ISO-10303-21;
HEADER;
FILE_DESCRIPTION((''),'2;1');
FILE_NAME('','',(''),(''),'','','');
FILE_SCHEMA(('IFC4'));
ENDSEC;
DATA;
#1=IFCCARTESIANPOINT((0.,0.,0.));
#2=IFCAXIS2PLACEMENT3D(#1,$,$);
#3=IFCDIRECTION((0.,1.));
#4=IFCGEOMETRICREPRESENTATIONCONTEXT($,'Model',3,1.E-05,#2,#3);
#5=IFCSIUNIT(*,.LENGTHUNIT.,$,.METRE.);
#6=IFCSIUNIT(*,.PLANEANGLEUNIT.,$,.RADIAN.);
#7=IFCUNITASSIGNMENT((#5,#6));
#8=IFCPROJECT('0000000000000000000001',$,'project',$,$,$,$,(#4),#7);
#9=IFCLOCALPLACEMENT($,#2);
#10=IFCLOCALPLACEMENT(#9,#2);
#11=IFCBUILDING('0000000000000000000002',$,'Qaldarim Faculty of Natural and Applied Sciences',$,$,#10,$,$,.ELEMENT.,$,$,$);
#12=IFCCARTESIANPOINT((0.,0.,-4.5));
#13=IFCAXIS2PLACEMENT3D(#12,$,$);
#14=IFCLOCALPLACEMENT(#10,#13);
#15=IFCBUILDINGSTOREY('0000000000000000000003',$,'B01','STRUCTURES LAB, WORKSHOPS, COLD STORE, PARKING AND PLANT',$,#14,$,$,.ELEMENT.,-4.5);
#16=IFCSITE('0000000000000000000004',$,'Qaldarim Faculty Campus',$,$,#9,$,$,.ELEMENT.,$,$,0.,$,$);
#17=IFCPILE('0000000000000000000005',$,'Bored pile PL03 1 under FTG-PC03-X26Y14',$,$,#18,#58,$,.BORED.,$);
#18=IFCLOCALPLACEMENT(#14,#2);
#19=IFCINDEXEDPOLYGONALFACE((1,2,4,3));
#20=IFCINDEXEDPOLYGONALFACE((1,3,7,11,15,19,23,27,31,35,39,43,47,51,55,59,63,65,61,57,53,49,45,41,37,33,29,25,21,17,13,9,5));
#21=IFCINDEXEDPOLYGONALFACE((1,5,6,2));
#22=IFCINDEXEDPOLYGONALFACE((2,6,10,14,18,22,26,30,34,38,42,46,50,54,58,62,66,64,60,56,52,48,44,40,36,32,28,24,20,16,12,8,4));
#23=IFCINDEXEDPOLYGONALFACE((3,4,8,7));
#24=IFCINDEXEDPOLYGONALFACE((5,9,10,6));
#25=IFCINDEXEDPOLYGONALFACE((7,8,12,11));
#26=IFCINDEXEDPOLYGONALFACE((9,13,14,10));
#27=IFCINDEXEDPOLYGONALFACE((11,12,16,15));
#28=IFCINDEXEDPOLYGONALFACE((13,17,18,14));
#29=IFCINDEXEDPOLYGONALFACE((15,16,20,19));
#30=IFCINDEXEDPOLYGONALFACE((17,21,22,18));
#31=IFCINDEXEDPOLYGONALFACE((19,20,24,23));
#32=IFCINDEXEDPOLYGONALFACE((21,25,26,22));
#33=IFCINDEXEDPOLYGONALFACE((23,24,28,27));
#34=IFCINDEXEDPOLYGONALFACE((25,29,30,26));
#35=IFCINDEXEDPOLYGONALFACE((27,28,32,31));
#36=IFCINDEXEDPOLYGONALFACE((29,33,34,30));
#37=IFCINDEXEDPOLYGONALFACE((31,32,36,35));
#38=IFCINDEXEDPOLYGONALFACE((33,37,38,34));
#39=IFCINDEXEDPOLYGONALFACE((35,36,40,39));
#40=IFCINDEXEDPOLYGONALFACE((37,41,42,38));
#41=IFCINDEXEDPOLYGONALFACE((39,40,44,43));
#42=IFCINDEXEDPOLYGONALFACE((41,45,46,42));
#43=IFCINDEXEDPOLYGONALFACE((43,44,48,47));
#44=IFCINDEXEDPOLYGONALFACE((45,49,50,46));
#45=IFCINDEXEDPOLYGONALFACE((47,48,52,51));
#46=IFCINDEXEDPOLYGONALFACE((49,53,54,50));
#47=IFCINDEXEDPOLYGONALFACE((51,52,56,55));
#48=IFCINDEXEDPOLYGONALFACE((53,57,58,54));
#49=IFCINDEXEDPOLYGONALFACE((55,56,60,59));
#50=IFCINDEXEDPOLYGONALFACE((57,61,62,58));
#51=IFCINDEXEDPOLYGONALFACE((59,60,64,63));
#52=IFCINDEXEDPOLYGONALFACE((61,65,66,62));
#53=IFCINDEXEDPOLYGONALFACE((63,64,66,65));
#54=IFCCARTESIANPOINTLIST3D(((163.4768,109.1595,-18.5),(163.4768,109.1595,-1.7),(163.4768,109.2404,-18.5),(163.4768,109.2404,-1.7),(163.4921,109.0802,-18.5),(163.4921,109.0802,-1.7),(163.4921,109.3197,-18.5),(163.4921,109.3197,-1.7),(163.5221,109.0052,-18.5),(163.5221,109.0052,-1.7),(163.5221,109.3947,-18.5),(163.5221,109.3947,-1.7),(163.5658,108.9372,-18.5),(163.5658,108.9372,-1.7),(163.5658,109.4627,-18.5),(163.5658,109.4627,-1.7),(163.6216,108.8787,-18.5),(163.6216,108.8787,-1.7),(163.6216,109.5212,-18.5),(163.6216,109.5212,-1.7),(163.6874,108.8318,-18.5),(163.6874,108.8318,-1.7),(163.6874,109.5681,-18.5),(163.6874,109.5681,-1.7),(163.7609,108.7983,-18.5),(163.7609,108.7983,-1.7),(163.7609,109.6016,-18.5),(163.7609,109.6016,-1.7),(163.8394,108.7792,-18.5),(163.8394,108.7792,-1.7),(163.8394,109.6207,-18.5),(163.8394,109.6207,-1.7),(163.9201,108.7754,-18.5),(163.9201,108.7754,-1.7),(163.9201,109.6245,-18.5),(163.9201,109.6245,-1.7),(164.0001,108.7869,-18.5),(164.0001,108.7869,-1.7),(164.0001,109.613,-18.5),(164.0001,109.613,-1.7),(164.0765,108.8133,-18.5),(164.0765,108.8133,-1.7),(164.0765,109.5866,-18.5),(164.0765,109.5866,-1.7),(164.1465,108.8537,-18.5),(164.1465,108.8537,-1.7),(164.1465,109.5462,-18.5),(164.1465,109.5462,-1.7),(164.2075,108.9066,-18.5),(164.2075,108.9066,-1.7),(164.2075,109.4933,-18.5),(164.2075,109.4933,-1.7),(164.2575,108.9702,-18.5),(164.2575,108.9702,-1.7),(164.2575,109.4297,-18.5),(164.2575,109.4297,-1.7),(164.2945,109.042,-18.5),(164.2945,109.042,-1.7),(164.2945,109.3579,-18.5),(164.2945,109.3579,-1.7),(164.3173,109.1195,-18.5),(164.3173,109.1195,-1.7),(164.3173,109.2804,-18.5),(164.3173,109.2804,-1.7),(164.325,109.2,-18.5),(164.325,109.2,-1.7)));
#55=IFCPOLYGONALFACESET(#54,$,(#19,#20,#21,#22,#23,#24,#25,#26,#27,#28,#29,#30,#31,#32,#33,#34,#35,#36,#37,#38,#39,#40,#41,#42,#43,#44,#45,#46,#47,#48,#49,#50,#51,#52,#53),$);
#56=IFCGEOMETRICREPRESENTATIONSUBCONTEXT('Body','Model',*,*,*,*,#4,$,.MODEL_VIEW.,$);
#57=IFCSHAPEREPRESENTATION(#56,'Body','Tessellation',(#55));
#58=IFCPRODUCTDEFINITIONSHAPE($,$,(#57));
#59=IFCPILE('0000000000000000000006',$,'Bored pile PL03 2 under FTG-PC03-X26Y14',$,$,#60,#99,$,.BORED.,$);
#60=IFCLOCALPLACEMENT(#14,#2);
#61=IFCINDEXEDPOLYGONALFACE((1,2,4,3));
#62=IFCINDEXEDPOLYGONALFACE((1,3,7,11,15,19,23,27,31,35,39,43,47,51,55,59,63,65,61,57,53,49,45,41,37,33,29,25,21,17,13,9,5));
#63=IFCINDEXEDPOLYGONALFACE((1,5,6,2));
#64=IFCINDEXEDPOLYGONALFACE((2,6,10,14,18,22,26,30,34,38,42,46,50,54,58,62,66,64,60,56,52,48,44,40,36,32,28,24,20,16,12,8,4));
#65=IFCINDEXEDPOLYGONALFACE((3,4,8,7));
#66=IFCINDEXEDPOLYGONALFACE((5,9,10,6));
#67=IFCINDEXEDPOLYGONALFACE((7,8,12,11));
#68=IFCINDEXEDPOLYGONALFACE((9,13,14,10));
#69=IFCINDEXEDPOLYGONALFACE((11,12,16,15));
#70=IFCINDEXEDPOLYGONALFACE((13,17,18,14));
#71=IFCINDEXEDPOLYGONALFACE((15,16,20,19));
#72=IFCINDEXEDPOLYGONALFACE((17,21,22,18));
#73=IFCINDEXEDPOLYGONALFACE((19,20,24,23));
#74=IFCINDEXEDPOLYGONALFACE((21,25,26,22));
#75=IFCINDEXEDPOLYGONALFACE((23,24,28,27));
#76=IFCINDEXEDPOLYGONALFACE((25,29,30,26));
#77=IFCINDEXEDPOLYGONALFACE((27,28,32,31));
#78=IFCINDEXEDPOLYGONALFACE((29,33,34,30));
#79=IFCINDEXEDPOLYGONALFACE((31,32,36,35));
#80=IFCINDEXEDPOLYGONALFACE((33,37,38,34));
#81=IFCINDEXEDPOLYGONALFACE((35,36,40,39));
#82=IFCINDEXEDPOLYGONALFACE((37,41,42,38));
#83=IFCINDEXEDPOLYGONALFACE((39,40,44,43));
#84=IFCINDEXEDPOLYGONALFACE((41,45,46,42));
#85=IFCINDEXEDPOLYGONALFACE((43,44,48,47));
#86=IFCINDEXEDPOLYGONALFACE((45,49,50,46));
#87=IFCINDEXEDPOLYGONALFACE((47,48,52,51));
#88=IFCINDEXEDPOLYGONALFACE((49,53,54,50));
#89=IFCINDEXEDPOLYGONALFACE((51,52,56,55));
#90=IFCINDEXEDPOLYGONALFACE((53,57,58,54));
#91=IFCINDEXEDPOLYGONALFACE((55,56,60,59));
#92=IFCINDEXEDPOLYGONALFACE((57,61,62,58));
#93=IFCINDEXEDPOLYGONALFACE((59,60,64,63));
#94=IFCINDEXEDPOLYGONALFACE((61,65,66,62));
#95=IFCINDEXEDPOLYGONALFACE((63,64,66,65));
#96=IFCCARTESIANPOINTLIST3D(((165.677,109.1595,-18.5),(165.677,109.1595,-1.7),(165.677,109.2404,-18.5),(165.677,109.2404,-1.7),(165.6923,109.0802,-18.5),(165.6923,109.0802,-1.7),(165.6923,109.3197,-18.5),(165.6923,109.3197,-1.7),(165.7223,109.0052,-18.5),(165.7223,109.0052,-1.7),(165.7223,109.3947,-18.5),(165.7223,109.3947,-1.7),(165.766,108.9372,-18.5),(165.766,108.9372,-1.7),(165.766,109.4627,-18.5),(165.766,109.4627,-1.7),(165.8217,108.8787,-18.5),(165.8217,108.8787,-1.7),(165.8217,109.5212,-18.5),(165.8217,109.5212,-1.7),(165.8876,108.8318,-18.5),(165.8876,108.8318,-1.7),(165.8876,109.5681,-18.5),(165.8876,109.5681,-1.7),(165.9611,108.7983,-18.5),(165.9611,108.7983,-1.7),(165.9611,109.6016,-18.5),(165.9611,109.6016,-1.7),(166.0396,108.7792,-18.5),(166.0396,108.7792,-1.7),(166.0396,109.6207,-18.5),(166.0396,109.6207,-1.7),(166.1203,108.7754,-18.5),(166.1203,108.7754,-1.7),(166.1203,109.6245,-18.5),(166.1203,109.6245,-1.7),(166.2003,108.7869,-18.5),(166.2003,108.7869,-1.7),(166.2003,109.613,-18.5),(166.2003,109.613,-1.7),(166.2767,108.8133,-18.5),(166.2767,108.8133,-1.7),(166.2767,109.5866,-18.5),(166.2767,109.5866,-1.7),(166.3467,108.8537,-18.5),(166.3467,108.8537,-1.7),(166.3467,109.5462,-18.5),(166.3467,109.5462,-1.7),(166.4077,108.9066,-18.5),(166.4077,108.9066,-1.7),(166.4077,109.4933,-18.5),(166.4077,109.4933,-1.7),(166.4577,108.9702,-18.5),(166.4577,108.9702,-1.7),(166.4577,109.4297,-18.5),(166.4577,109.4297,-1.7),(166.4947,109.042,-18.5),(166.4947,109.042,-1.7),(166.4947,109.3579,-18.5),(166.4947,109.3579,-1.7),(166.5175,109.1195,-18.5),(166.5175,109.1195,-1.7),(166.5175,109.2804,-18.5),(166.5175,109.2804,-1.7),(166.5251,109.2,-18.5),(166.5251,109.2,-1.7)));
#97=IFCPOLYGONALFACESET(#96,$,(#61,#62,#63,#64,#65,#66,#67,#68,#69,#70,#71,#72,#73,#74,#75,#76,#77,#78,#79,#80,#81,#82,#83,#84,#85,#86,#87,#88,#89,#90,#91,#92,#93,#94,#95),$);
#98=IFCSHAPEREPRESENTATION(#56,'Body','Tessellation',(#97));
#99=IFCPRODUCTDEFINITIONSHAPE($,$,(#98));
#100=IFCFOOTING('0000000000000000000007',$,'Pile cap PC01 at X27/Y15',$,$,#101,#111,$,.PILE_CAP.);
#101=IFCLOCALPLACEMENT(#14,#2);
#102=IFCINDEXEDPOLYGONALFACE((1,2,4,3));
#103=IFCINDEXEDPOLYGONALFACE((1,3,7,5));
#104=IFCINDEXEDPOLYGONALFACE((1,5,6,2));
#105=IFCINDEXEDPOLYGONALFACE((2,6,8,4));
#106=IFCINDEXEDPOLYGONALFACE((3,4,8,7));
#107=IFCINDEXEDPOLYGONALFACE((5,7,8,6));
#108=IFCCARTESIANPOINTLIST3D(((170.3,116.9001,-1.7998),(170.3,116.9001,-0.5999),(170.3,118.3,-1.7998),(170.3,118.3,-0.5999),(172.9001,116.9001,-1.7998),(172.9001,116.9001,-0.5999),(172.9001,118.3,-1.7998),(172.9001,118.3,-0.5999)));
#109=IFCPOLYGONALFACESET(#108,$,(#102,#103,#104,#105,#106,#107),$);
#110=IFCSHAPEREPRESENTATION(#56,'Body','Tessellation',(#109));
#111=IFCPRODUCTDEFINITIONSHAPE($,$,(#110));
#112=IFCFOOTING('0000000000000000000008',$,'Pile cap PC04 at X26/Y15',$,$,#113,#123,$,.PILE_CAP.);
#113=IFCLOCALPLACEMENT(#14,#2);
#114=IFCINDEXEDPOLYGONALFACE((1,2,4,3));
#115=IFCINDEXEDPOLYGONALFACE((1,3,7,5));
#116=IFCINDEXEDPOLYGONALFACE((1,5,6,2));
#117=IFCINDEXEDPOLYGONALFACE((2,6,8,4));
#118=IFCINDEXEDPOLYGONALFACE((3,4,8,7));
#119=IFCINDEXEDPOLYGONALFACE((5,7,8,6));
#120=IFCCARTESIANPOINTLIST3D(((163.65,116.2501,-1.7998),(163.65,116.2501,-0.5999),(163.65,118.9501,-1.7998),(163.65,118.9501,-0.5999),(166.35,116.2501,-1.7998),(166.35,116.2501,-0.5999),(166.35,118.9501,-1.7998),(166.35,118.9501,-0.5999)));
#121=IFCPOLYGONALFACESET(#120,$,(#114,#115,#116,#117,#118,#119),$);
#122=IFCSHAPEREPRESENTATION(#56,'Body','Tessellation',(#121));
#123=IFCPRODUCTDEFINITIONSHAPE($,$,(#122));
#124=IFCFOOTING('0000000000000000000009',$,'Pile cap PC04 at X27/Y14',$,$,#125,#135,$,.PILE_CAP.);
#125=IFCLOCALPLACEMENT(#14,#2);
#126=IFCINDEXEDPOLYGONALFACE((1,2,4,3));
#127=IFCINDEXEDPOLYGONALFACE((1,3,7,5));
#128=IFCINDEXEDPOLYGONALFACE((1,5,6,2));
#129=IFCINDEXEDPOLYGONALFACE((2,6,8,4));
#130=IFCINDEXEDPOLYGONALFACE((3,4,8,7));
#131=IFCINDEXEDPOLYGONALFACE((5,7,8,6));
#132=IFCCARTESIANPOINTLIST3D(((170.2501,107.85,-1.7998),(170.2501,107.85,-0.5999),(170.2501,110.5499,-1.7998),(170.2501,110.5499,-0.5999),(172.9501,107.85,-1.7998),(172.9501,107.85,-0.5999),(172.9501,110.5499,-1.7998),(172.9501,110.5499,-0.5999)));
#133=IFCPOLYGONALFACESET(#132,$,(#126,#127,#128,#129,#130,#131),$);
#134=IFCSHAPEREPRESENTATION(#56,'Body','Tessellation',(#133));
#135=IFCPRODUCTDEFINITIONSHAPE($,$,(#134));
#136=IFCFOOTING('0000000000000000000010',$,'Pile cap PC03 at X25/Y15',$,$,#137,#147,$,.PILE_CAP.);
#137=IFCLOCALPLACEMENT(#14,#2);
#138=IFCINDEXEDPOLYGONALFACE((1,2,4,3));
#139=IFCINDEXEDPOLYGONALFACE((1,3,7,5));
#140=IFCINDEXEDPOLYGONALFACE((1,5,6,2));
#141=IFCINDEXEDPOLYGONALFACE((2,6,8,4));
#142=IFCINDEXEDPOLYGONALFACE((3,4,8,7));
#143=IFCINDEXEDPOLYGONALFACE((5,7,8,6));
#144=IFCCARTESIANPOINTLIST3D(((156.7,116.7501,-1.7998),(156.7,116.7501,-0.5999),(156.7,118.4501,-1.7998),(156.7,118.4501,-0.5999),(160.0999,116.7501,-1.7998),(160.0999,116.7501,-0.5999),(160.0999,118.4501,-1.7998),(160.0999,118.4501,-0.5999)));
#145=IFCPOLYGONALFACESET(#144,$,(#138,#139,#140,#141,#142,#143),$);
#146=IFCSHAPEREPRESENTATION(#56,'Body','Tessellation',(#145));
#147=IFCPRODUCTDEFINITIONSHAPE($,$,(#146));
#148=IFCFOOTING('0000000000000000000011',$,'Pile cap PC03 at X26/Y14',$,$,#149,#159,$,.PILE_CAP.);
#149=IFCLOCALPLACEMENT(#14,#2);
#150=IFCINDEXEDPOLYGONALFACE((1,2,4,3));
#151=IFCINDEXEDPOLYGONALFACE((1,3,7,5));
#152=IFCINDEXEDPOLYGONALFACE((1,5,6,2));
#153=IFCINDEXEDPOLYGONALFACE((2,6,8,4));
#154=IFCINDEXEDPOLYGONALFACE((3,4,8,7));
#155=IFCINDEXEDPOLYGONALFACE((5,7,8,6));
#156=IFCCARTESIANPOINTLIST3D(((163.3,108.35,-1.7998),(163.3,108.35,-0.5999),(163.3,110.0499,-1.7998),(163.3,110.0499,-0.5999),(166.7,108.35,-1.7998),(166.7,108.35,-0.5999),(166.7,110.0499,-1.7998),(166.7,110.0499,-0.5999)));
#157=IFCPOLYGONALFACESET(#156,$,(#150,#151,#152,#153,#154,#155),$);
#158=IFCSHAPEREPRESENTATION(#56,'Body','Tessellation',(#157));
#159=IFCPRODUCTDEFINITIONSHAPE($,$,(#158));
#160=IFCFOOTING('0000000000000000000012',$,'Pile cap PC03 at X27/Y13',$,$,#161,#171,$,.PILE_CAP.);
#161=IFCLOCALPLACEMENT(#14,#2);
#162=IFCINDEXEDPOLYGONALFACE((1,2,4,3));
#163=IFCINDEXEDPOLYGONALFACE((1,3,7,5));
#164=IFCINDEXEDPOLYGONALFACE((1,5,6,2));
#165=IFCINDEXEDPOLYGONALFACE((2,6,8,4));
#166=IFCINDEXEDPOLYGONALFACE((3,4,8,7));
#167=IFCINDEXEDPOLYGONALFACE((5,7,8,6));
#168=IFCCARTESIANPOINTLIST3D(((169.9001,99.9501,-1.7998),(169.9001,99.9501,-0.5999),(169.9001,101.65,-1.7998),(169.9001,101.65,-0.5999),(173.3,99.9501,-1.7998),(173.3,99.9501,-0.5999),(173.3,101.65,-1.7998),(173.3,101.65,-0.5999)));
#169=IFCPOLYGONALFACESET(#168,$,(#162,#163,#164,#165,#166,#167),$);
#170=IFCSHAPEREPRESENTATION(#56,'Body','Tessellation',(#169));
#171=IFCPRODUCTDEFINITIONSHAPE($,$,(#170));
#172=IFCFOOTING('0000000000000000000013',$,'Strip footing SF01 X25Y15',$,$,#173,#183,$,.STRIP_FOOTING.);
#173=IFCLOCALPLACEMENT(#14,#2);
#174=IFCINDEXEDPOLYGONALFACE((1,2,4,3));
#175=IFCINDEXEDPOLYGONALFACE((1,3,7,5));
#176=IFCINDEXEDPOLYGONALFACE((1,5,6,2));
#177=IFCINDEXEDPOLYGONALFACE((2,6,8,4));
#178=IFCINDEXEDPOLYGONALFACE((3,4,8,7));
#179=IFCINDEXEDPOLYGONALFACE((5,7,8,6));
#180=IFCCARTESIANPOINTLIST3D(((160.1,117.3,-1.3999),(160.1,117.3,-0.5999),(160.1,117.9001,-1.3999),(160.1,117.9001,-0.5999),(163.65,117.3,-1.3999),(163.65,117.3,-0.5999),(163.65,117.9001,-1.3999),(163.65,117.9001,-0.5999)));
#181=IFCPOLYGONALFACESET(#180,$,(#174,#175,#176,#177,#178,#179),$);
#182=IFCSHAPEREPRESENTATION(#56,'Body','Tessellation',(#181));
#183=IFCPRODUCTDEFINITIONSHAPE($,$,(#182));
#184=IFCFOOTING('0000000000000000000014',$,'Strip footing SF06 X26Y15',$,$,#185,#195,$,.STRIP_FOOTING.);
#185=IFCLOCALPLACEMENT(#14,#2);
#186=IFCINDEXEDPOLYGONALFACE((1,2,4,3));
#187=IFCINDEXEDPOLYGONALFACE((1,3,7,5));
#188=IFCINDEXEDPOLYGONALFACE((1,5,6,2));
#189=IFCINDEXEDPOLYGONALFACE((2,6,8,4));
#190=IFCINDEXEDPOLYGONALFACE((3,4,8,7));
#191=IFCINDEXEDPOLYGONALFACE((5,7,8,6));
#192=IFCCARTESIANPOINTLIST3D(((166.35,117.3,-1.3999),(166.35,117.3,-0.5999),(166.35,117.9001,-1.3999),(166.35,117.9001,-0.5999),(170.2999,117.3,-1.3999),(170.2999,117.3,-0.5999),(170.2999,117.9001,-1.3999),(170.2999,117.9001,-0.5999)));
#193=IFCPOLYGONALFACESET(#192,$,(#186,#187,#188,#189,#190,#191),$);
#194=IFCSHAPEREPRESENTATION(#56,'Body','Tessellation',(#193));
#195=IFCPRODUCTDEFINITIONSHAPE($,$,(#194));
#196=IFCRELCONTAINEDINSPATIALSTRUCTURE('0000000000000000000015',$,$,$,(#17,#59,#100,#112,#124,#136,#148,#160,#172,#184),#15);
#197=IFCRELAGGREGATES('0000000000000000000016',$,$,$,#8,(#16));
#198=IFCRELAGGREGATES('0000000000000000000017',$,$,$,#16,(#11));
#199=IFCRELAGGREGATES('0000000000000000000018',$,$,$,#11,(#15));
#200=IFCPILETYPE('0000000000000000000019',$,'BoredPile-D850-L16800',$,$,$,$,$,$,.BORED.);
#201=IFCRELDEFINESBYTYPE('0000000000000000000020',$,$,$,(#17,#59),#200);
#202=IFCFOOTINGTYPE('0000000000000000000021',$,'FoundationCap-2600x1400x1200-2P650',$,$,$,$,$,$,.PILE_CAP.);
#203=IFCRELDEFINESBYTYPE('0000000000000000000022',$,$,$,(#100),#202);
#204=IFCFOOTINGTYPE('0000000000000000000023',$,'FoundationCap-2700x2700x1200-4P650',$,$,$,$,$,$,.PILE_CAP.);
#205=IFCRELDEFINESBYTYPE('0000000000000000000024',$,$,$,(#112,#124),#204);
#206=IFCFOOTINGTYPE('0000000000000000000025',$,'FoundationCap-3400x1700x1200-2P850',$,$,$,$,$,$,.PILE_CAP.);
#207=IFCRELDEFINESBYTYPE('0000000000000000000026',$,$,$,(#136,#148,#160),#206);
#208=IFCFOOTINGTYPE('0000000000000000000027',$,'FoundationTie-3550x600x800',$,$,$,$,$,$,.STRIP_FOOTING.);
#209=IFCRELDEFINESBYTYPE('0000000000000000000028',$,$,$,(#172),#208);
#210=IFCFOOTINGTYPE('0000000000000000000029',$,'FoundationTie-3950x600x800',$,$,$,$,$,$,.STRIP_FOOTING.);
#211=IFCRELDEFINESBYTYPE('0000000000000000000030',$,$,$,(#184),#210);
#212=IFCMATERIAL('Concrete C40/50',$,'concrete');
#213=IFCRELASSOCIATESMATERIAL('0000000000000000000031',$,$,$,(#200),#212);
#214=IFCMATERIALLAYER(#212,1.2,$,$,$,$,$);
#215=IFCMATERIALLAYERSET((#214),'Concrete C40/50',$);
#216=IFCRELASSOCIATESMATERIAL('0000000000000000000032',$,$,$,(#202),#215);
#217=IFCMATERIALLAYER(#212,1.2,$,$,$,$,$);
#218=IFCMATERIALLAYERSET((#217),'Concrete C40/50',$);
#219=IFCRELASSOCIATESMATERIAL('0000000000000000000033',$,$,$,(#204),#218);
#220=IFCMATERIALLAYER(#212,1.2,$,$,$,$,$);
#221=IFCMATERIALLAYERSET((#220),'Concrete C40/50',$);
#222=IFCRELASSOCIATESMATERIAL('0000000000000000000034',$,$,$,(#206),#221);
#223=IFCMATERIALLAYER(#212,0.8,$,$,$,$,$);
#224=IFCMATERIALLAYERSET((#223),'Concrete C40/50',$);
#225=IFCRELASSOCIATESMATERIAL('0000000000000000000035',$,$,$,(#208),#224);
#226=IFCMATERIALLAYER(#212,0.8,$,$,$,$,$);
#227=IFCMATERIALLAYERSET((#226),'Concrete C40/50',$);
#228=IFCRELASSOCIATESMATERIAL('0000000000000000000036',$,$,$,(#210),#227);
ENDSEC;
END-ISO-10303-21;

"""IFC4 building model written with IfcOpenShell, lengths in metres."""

from ifc_helpers import new_model, si_unit, direction, frame, origin, origin_2d, place, context, subcontext, project, spatial, rectangle, circle, extrude, material, layer, layer_set, material_profile, profile_set, type_object, element, save


model = new_model("IFC4")

# Units and contexts
model_context = context("Model", 3, precision=1e-05, world=origin(), true_north=direction((0.0, 1.0)))
body_context = subcontext(model_context, "Body", "Model", "MODEL_VIEW")
ifc_project = project(units=[si_unit("LENGTHUNIT", "METRE"), si_unit("PLANEANGLEUNIT", "RADIAN")], contexts=[model_context])

# Site, building, storey
site_placement = place(None, origin())
site = spatial("IfcSite", under=ifc_project, at=site_placement, Name="Qaldarim Faculty Campus", CompositionType="ELEMENT", RefElevation=0.0)
building_placement = place(site_placement, origin())
building = spatial("IfcBuilding", under=site, at=building_placement, Name="Qaldarim Faculty of Natural and Applied Sciences", CompositionType="ELEMENT")
storey_placement = place(building_placement, frame((0.0, 0.0, -4.5)))
storey = spatial("IfcBuildingStorey", under=building, at=storey_placement, Name="B01", Description="STRUCTURES LAB, WORKSHOPS, COLD STORE, PARKING AND PLANT", CompositionType="ELEMENT", Elevation=-4.5)

# Piles
ifc_material_1 = material(Name="Concrete C40/50", Category="concrete")
ifc_material_profile_1 = material_profile(ifc_material_1, circle(Radius=0.425, at=origin_2d()), Name="PILE-D850")
ifc_profile_set_1 = profile_set([ifc_material_profile_1], Name="Concrete C40/50")
pile_type_1 = type_object("IfcPileType", Name="BoredPile-D850-L16800", PredefinedType="BORED", material=ifc_profile_set_1)
for number, where, z_axis, x_axis, name in (
    (1, (163.8999, 109.2, -1.7), (0.0, 0.0, -1.0), (1.0, 0.0, 0.0), "Bored pile PL03 1 under FTG-PC03-X26Y14"),
    (2, (166.1001, 109.2, -1.7), (0.0, 0.0, -1.0), (1.0, 0.0, 0.0), "Bored pile PL03 2 under FTG-PC03-X26Y14"),
):
    element("IfcPile", number, at=place(storey_placement, frame(where, z_axis=z_axis, x_axis=x_axis)), inside=storey, type_object=pile_type_1, Name=name, PredefinedType="BORED", context=body_context, shape_type="SweptSolid", body=[
        extrude(circle(Radius=0.425, at=origin_2d()), origin(), (0.0, 0.0, 1.0), 16.8),
    ])

# Footings
ifc_layer_1 = layer(ifc_material_1, 1.2)
ifc_layer_set_1 = layer_set([ifc_layer_1], Name="Concrete C40/50")
footing_type_1 = type_object("IfcFootingType", Name="FoundationCap-2600x1400x1200-2P650", PredefinedType="PILE_CAP", material=ifc_layer_set_1)
footing_1_placement = place(storey_placement, frame((171.6001, 117.6001, -1.7998), z_axis=(0.0, 0.0, 1.0), x_axis=(1.0, 0.0, 0.0)))
element("IfcFooting", 3, at=footing_1_placement, inside=storey, type_object=footing_type_1, Name="Pile cap PC01 at X27/Y15", PredefinedType="PILE_CAP", context=body_context, shape_type="SweptSolid", body=[
    extrude(rectangle(XDim=2.6001, YDim=1.3999, at=origin_2d()), origin(), (0.0, 0.0, 1.0), 1.2),
])
ifc_layer_2 = layer(ifc_material_1, 1.2)
ifc_layer_set_2 = layer_set([ifc_layer_2], Name="Concrete C40/50")
footing_type_2 = type_object("IfcFootingType", Name="FoundationCap-2700x2700x1200-4P650", PredefinedType="PILE_CAP", material=ifc_layer_set_2)
for number, where, z_axis, x_axis, name in (
    (4, (165.0, 117.6001, -1.7998), (0.0, 0.0, 1.0), (1.0, 0.0, 0.0), "Pile cap PC04 at X26/Y15"),
    (5, (171.6001, 109.2, -1.7998), (0.0, 0.0, 1.0), (1.0, 0.0, 0.0), "Pile cap PC04 at X27/Y14"),
):
    element("IfcFooting", number, at=place(storey_placement, frame(where, z_axis=z_axis, x_axis=x_axis)), inside=storey, type_object=footing_type_2, Name=name, PredefinedType="PILE_CAP", context=body_context, shape_type="SweptSolid", body=[
        extrude(rectangle(XDim=2.7, YDim=2.7, at=origin_2d()), origin(), (0.0, 0.0, 1.0), 1.2),
    ])
ifc_layer_3 = layer(ifc_material_1, 1.2)
ifc_layer_set_3 = layer_set([ifc_layer_3], Name="Concrete C40/50")
footing_type_3 = type_object("IfcFootingType", Name="FoundationCap-3400x1700x1200-2P850", PredefinedType="PILE_CAP", material=ifc_layer_set_3)
for number, where, z_axis, x_axis, name in (
    (6, (158.3999, 117.6001, -1.7998), (0.0, 0.0, 1.0), (1.0, 0.0, 0.0), "Pile cap PC03 at X25/Y15"),
    (7, (165.0, 109.2, -1.7998), (0.0, 0.0, 1.0), (1.0, 0.0, 0.0), "Pile cap PC03 at X26/Y14"),
    (8, (171.6001, 100.8, -1.7998), (0.0, 0.0, 1.0), (1.0, 0.0, 0.0), "Pile cap PC03 at X27/Y13"),
):
    element("IfcFooting", number, at=place(storey_placement, frame(where, z_axis=z_axis, x_axis=x_axis)), inside=storey, type_object=footing_type_3, Name=name, PredefinedType="PILE_CAP", context=body_context, shape_type="SweptSolid", body=[
        extrude(rectangle(XDim=3.3999, YDim=1.7, at=origin_2d()), origin(), (0.0, 0.0, 1.0), 1.2),
    ])
ifc_layer_4 = layer(ifc_material_1, 0.8)
ifc_layer_set_4 = layer_set([ifc_layer_4], Name="Concrete C40/50")
footing_type_4 = type_object("IfcFootingType", Name="FoundationTie-3550x600x800", PredefinedType="STRIP_FOOTING", material=ifc_layer_set_4)
footing_2_placement = place(storey_placement, frame((161.875, 117.6001, -1.3999), z_axis=(0.0, 0.0, 1.0), x_axis=(1.0, 0.0, 0.0)))
element("IfcFooting", 9, at=footing_2_placement, inside=storey, type_object=footing_type_4, Name="Strip footing SF01 X25Y15", PredefinedType="STRIP_FOOTING", context=body_context, shape_type="SweptSolid", body=[
    extrude(rectangle(XDim=3.55, YDim=0.6001, at=origin_2d()), origin(), (0.0, 0.0, 1.0), 0.8),
])
ifc_layer_5 = layer(ifc_material_1, 0.8)
ifc_layer_set_5 = layer_set([ifc_layer_5], Name="Concrete C40/50")
footing_type_5 = type_object("IfcFootingType", Name="FoundationTie-3950x600x800", PredefinedType="STRIP_FOOTING", material=ifc_layer_set_5)
footing_3_placement = place(storey_placement, frame((168.325, 117.6001, -1.3999), z_axis=(0.0, 0.0, 1.0), x_axis=(1.0, 0.0, 0.0)))
element("IfcFooting", 10, at=footing_3_placement, inside=storey, type_object=footing_type_5, Name="Strip footing SF06 X26Y15", PredefinedType="STRIP_FOOTING", context=body_context, shape_type="SweptSolid", body=[
    extrude(rectangle(XDim=3.95, YDim=0.6001, at=origin_2d()), origin(), (0.0, 0.0, 1.0), 0.8),
])

save(model, "model.ifc")
